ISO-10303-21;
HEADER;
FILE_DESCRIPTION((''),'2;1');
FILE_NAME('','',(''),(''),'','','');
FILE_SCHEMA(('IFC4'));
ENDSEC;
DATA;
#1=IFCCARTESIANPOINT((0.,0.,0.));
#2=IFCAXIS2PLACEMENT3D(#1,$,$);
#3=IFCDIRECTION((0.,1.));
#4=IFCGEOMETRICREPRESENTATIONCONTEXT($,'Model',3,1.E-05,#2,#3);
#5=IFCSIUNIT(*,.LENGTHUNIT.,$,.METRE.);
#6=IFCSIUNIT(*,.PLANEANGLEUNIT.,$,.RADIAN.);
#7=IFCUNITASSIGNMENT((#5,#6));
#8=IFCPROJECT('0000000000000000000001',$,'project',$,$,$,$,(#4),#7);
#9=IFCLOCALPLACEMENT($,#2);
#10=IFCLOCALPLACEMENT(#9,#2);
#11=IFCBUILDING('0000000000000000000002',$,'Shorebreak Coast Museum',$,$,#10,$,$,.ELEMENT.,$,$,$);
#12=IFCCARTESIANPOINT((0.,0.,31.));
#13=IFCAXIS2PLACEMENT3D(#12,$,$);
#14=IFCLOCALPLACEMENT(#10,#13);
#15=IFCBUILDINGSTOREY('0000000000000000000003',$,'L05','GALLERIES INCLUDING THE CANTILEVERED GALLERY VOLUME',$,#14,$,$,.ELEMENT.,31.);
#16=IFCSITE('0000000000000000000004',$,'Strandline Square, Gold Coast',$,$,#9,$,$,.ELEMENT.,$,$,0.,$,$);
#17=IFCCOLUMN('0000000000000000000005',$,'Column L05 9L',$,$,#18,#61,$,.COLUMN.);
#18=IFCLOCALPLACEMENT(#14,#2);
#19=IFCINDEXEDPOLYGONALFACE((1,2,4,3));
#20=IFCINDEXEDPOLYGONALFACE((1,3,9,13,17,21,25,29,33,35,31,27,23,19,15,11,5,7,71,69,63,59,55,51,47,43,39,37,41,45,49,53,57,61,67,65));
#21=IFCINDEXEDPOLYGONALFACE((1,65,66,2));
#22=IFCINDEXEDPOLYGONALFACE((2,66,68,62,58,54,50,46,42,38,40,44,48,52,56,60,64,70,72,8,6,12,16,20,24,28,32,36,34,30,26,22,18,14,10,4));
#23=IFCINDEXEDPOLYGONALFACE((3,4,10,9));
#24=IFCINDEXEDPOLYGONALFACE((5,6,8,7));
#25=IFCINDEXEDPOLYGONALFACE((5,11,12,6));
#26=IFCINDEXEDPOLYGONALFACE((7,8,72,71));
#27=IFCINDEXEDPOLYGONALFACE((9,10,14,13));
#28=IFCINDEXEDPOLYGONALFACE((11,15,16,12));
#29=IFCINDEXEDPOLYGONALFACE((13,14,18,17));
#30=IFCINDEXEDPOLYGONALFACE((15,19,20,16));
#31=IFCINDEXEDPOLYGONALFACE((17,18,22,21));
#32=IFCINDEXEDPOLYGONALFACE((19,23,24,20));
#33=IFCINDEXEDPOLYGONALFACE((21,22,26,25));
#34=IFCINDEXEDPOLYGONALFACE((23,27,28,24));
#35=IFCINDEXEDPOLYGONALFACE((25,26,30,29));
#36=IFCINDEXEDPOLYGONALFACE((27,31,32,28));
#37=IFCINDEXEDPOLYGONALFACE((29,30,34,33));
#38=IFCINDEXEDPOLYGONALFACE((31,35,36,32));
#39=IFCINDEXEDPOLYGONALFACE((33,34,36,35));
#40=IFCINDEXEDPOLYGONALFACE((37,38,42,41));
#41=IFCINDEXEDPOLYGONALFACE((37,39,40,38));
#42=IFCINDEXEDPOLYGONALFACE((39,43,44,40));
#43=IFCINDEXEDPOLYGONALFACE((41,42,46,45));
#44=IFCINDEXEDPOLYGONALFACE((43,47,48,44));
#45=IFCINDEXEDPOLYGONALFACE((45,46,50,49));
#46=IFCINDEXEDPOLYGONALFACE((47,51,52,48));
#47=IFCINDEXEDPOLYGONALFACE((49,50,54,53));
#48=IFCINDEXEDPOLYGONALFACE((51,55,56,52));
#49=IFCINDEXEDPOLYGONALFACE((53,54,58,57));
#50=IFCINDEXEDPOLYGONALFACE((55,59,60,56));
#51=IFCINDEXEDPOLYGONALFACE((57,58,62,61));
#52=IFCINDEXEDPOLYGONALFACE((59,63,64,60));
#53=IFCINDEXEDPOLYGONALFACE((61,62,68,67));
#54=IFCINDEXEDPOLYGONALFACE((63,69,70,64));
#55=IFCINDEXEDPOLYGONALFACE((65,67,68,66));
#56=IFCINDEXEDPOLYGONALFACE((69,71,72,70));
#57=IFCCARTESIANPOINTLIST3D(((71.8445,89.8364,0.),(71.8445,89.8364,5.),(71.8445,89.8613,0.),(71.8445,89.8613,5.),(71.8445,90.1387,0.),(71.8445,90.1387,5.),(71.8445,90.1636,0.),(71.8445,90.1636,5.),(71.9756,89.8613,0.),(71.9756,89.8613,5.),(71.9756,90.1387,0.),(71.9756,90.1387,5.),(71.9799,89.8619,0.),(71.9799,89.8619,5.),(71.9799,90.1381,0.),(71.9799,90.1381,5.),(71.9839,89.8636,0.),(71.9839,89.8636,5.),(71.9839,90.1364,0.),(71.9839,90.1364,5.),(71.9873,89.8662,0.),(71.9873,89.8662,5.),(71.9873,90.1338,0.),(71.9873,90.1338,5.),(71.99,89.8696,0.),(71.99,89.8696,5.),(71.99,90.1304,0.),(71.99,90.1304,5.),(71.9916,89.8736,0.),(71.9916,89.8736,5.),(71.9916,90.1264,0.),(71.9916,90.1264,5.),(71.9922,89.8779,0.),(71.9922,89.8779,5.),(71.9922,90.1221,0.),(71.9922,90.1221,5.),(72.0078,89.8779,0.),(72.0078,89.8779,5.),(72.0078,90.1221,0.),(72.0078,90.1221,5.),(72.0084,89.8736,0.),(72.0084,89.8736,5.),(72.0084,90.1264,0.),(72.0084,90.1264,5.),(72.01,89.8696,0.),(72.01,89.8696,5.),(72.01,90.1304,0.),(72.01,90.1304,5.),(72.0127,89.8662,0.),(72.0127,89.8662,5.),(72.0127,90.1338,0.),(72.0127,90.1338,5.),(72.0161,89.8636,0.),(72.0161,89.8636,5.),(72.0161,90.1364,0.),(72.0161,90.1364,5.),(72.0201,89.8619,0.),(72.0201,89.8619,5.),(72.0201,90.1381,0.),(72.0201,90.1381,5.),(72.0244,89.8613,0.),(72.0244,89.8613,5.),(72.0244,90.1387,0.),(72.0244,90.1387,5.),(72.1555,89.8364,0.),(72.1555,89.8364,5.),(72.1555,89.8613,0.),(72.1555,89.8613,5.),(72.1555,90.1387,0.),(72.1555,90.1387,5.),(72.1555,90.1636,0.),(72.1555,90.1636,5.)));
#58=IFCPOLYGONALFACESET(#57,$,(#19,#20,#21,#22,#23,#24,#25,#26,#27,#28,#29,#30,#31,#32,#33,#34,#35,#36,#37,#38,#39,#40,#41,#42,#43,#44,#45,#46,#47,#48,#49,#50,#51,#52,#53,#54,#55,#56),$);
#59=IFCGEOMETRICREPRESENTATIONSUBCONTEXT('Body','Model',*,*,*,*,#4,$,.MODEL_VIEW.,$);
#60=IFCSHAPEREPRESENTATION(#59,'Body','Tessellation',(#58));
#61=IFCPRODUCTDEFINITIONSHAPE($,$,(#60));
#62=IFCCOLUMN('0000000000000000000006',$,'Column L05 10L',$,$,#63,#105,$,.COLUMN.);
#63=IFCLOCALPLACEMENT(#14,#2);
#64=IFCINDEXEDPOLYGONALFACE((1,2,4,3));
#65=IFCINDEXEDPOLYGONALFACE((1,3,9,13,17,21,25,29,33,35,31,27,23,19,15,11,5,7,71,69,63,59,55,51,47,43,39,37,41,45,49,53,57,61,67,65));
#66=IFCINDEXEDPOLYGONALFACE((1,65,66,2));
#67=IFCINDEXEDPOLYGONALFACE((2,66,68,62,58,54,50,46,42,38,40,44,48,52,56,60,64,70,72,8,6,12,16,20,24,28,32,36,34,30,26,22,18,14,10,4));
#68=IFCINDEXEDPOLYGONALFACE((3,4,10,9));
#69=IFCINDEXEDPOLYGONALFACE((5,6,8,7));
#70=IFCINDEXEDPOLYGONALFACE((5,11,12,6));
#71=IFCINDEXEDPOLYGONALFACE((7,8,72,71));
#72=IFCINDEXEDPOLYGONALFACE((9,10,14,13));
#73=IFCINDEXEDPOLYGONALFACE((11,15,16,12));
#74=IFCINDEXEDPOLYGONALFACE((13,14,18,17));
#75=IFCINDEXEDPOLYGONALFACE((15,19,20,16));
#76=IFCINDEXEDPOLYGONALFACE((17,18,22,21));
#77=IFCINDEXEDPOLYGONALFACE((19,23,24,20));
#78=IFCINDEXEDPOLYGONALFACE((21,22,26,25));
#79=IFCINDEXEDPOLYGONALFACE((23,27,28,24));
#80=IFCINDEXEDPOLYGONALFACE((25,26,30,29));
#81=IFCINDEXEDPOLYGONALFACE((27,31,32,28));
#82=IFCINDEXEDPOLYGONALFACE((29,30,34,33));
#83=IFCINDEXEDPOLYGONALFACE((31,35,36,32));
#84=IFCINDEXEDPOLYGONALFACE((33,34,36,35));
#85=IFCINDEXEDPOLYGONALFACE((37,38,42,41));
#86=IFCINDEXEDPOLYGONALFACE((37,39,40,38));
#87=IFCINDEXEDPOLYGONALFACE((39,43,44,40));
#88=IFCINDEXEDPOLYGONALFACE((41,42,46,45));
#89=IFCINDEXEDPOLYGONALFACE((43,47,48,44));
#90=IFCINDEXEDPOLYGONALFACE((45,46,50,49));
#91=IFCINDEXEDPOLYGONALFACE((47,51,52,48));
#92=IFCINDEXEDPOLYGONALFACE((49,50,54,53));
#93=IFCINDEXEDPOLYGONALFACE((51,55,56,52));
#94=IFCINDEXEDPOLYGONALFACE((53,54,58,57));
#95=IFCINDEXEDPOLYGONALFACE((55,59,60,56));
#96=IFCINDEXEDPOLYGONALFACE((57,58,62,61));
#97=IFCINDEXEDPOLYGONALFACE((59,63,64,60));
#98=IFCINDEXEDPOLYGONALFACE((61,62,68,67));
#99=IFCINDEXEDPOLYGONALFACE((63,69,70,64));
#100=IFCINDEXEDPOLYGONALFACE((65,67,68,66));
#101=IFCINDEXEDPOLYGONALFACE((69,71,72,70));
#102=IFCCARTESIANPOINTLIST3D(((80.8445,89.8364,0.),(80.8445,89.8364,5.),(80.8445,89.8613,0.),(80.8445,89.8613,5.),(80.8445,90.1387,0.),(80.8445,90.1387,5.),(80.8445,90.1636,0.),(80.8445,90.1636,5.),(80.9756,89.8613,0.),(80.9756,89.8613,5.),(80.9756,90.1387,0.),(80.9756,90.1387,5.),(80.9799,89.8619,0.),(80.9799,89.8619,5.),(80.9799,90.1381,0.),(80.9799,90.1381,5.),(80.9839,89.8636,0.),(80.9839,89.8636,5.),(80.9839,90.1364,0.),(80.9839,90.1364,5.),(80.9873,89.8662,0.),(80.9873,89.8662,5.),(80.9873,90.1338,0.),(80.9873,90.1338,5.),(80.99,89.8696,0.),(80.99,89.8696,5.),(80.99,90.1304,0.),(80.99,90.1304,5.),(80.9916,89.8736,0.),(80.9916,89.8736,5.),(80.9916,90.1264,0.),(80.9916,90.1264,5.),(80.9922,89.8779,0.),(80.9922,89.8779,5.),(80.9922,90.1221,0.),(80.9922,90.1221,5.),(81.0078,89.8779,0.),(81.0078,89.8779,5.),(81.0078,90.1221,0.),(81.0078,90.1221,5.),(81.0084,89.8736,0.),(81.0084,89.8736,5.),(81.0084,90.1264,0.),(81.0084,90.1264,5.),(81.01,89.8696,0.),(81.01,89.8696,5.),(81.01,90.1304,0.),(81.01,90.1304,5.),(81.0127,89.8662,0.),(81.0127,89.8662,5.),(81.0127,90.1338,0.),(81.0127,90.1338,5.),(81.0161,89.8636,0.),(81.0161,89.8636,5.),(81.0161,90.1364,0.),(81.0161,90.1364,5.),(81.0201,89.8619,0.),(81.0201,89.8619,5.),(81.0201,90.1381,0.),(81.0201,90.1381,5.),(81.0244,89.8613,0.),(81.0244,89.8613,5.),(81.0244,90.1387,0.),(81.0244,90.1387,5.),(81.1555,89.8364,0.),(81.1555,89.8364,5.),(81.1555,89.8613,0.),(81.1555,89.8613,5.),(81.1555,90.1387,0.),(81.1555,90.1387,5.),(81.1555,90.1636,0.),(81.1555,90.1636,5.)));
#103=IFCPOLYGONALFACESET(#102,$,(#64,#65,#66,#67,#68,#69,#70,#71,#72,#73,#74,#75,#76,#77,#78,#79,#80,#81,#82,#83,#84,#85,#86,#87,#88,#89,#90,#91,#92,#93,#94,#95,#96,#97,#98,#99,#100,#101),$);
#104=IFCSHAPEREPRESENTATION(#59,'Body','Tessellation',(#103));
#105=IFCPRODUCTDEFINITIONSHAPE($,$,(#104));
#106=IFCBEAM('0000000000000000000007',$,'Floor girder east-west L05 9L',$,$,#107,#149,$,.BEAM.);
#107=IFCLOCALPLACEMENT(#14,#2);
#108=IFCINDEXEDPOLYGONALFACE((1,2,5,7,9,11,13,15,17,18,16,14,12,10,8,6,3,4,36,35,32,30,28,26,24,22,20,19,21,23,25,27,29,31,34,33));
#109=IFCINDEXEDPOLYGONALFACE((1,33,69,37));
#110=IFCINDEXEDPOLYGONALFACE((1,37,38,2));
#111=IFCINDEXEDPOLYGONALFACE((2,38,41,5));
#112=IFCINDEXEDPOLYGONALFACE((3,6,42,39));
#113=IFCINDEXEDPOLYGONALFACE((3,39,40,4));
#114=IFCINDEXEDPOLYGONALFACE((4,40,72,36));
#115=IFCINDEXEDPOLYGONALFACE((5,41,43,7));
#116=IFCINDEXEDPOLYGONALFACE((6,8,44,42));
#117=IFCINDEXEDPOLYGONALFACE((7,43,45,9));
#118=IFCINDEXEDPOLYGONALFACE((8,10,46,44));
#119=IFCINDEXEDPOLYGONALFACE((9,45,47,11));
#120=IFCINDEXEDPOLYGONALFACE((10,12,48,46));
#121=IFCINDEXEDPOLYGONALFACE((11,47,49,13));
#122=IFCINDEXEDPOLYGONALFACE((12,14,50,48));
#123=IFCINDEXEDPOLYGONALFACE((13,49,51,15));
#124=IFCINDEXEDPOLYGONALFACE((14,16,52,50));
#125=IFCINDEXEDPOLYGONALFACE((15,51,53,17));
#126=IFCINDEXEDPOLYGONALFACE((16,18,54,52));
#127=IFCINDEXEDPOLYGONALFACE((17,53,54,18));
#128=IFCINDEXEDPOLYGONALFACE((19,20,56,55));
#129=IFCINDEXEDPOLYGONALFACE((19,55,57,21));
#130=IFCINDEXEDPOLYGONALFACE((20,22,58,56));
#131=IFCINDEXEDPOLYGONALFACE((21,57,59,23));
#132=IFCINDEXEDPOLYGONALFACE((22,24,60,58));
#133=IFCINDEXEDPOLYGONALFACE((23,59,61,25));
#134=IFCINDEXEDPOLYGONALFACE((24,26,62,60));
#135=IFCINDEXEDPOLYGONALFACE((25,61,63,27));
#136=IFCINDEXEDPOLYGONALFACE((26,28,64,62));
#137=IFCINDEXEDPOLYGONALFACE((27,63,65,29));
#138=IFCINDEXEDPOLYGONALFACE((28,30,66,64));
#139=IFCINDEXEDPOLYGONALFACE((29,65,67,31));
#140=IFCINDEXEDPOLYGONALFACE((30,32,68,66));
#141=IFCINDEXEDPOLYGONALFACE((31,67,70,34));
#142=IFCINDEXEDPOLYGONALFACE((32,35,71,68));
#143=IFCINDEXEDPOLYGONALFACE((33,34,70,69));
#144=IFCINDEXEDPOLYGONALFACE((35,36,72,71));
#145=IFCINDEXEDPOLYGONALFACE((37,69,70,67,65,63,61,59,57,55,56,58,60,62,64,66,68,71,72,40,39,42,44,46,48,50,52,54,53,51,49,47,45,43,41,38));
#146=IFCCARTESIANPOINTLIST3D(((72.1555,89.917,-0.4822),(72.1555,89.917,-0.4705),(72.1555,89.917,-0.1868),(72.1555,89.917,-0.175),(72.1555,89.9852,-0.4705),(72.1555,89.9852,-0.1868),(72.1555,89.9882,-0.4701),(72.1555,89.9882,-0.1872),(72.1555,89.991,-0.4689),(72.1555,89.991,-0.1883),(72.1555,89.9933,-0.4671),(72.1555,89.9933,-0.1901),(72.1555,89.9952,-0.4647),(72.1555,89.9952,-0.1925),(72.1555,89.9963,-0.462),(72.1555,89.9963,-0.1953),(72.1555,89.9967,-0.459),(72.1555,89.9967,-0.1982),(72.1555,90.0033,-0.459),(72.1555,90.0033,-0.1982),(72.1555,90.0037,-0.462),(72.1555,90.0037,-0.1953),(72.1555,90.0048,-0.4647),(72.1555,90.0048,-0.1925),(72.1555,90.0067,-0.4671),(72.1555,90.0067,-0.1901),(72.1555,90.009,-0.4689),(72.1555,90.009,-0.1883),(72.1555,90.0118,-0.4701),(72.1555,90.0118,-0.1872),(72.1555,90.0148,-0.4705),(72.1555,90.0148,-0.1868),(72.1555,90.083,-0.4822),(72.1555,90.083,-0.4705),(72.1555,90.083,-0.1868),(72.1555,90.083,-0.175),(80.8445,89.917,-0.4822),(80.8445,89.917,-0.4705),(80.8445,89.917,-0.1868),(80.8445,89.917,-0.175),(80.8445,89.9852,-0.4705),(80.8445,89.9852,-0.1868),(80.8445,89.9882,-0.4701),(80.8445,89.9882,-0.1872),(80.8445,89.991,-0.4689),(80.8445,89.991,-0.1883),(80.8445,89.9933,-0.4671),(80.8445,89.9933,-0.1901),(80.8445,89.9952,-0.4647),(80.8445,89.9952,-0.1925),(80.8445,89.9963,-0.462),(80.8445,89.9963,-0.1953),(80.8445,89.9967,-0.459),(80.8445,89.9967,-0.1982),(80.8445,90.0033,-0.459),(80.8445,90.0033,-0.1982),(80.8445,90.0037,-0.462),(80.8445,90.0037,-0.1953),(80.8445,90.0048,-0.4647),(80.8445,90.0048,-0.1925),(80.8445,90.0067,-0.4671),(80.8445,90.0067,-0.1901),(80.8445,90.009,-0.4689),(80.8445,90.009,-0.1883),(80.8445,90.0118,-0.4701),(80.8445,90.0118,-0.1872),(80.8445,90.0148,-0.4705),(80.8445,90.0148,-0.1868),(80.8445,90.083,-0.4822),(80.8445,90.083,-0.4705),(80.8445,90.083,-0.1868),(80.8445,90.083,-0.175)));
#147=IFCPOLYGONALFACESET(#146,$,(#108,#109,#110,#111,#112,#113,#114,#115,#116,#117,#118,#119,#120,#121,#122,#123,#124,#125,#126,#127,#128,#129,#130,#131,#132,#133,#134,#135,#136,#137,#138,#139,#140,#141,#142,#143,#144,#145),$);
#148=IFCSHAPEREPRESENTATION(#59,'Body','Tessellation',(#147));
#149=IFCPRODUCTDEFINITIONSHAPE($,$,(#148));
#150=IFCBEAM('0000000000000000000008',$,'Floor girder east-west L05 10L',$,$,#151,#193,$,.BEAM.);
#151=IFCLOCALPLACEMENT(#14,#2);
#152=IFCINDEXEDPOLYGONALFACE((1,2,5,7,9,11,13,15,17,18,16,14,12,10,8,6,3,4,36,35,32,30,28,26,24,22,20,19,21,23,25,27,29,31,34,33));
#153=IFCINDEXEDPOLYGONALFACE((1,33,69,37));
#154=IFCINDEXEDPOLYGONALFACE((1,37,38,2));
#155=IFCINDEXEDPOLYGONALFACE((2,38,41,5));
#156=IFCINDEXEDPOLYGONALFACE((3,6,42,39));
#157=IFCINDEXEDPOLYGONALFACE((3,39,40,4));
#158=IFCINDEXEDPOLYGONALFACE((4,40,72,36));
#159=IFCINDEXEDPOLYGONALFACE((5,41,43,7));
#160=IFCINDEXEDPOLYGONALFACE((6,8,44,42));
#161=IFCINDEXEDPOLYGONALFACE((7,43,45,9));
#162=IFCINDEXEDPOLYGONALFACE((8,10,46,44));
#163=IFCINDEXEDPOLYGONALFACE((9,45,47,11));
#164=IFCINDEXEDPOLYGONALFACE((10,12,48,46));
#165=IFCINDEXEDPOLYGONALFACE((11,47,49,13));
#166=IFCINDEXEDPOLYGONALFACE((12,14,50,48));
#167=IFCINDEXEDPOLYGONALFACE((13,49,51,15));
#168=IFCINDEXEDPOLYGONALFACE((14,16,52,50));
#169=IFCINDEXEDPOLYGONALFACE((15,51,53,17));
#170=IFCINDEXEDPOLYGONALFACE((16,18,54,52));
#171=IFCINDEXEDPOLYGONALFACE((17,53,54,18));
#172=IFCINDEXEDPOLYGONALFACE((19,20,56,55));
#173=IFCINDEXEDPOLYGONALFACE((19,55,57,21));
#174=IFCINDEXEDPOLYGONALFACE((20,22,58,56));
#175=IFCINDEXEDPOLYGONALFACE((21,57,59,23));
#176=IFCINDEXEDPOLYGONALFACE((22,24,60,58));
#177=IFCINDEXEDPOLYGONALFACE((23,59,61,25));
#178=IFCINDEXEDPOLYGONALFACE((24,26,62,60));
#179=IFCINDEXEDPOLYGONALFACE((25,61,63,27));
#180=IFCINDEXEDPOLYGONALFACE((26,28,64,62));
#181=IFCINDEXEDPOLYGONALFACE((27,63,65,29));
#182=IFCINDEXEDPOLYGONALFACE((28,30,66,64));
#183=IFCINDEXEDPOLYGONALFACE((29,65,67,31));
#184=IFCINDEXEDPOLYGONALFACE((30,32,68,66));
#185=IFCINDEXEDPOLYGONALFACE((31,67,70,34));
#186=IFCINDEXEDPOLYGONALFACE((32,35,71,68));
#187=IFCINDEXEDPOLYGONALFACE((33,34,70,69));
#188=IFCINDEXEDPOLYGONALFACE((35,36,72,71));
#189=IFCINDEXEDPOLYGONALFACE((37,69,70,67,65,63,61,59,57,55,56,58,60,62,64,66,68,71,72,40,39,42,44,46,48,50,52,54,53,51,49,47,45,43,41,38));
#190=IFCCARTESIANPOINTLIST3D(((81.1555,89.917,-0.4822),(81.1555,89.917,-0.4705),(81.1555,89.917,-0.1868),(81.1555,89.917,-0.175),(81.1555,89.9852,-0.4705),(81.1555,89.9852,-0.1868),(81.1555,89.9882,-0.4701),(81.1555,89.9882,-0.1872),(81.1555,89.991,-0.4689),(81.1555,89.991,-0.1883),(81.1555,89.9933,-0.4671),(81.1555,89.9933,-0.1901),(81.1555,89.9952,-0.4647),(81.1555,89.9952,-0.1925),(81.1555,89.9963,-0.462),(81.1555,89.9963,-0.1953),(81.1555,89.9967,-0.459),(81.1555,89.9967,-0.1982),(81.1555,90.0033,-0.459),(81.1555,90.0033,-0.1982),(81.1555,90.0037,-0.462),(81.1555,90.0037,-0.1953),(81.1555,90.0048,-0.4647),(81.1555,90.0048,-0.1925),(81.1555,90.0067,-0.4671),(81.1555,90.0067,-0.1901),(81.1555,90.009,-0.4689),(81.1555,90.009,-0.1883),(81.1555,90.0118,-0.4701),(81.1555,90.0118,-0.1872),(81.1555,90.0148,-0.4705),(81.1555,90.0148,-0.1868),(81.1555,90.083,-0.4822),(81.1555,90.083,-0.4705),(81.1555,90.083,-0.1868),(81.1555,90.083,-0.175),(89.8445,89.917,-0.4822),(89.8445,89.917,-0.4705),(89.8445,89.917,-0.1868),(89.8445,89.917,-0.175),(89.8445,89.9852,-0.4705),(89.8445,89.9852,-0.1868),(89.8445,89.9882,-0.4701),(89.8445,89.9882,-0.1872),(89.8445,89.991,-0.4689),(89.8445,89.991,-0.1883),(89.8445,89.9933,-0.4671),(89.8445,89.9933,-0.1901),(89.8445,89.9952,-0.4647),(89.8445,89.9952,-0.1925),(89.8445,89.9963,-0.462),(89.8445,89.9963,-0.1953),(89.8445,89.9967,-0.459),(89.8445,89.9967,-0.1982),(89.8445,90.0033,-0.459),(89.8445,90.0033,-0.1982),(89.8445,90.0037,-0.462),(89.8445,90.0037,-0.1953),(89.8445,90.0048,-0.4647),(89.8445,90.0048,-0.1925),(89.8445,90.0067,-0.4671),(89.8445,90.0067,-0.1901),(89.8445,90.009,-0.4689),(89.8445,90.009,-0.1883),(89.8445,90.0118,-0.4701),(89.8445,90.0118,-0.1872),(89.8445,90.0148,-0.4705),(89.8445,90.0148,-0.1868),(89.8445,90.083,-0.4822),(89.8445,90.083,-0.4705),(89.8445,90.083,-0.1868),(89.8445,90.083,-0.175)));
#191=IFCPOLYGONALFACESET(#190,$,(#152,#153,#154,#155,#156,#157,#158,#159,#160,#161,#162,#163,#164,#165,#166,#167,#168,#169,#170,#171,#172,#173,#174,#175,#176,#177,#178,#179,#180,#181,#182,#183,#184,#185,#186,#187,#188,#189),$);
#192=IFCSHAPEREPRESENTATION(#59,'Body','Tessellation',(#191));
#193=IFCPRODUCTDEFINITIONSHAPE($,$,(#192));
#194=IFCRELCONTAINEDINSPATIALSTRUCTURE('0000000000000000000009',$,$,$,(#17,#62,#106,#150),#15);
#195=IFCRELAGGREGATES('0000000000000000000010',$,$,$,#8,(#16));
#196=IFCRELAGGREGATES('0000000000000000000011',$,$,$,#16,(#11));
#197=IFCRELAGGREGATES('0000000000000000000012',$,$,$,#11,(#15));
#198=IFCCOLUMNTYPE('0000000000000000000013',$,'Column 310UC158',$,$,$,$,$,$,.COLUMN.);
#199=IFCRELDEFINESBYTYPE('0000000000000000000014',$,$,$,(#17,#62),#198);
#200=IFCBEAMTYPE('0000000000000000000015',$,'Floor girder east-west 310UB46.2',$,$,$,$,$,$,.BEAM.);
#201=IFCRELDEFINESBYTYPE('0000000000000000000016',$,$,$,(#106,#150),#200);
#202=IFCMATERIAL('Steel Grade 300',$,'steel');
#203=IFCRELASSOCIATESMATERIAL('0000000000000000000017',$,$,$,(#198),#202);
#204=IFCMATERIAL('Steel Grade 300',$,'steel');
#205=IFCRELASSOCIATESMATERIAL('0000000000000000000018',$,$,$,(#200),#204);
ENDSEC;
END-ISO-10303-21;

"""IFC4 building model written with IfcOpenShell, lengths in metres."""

from ifc_helpers import new_model, si_unit, direction, frame, origin, origin_2d, place, context, subcontext, project, spatial, i_section, extrude, material, material_profile, profile_set, type_object, element, save


model = new_model("IFC4")

# Units and contexts
model_context = context("Model", 3, precision=1e-05, world=origin(), true_north=direction((0.0, 1.0)))
body_context = subcontext(model_context, "Body", "Model", "MODEL_VIEW")
ifc_project = project(units=[si_unit("LENGTHUNIT", "METRE"), si_unit("PLANEANGLEUNIT", "RADIAN")], contexts=[model_context])

# Site, building, storey
site_placement = place(None, origin())
site = spatial("IfcSite", under=ifc_project, at=site_placement, Name="Strandline Square, Gold Coast", CompositionType="ELEMENT", RefElevation=0.0)
building_placement = place(site_placement, origin())
building = spatial("IfcBuilding", under=site, at=building_placement, Name="Shorebreak Coast Museum", CompositionType="ELEMENT")
storey_placement = place(building_placement, frame((0.0, 0.0, 31.0)))
storey = spatial("IfcBuildingStorey", under=building, at=storey_placement, Name="L05", Description="GALLERIES INCLUDING THE CANTILEVERED GALLERY VOLUME", CompositionType="ELEMENT", Elevation=31.0)

# Columns
ifc_material_1 = material(Name="Steel Grade 300", Category="steel")
ifc_material_profile_1 = material_profile(ifc_material_1, i_section(OverallWidth=0.311, OverallDepth=0.3271, WebThickness=0.0156, FlangeThickness=0.0249, FilletRadius=0.0166, at=origin_2d()), Name="310UC158")
ifc_profile_set_1 = profile_set([ifc_material_profile_1], Name="Steel Grade 300")
column_type = type_object("IfcColumnType", Name="Column 310UC158", PredefinedType="COLUMN", material=ifc_profile_set_1)
for number, where, z_axis, x_axis, name in (
    (1, (72.0, 90.0, 0.0), (0.0, 0.0, 1.0), (1.0, 0.0, 0.0), "Column L05 9L"),
    (2, (81.0, 90.0, 0.0), (0.0, 0.0, 1.0), (1.0, 0.0, 0.0), "Column L05 10L"),
):
    element("IfcColumn", number, at=place(storey_placement, frame(where, z_axis=z_axis, x_axis=x_axis)), inside=storey, type_object=column_type, Name=name, PredefinedType="COLUMN", context=body_context, shape_type="SweptSolid", body=[
        extrude(i_section(OverallWidth=0.311, OverallDepth=0.3271, WebThickness=0.0156, FlangeThickness=0.0249, FilletRadius=0.0166, at=origin_2d()), origin(), (0.0, 0.0, 1.0), 5.0),
    ])

# Beams
ifc_material_2 = material(Name="Steel Grade 300", Category="steel")
ifc_material_profile_2 = material_profile(ifc_material_2, i_section(OverallWidth=0.166, OverallDepth=0.3071, WebThickness=0.0066, FlangeThickness=0.0117, FilletRadius=0.0115, at=origin_2d()), Name="310UB46.2")
ifc_profile_set_2 = profile_set([ifc_material_profile_2], Name="Steel Grade 300")
beam_type_1 = type_object("IfcBeamType", Name="Floor girder east-west 310UB46.2", PredefinedType="BEAM", material=ifc_profile_set_2)
for number, where, z_axis, x_axis, name in (
    (3, (72.1555, 90.0, -0.3286), (1.0, 0.0, 0.0), (0.0, 1.0, 0.0), "Floor girder east-west L05 9L"),
    (4, (81.1555, 90.0, -0.3286), (1.0, 0.0, 0.0), (0.0, 1.0, 0.0), "Floor girder east-west L05 10L"),
):
    element("IfcBeam", number, at=place(storey_placement, frame(where, z_axis=z_axis, x_axis=x_axis)), inside=storey, type_object=beam_type_1, Name=name, PredefinedType="BEAM", context=body_context, shape_type="SweptSolid", body=[
        extrude(i_section(OverallWidth=0.166, OverallDepth=0.3071, WebThickness=0.0066, FlangeThickness=0.0117, FilletRadius=0.0115, at=origin_2d()), origin(), (0.0, 0.0, 1.0), 8.689),
    ])

save(model, "model.ifc")
